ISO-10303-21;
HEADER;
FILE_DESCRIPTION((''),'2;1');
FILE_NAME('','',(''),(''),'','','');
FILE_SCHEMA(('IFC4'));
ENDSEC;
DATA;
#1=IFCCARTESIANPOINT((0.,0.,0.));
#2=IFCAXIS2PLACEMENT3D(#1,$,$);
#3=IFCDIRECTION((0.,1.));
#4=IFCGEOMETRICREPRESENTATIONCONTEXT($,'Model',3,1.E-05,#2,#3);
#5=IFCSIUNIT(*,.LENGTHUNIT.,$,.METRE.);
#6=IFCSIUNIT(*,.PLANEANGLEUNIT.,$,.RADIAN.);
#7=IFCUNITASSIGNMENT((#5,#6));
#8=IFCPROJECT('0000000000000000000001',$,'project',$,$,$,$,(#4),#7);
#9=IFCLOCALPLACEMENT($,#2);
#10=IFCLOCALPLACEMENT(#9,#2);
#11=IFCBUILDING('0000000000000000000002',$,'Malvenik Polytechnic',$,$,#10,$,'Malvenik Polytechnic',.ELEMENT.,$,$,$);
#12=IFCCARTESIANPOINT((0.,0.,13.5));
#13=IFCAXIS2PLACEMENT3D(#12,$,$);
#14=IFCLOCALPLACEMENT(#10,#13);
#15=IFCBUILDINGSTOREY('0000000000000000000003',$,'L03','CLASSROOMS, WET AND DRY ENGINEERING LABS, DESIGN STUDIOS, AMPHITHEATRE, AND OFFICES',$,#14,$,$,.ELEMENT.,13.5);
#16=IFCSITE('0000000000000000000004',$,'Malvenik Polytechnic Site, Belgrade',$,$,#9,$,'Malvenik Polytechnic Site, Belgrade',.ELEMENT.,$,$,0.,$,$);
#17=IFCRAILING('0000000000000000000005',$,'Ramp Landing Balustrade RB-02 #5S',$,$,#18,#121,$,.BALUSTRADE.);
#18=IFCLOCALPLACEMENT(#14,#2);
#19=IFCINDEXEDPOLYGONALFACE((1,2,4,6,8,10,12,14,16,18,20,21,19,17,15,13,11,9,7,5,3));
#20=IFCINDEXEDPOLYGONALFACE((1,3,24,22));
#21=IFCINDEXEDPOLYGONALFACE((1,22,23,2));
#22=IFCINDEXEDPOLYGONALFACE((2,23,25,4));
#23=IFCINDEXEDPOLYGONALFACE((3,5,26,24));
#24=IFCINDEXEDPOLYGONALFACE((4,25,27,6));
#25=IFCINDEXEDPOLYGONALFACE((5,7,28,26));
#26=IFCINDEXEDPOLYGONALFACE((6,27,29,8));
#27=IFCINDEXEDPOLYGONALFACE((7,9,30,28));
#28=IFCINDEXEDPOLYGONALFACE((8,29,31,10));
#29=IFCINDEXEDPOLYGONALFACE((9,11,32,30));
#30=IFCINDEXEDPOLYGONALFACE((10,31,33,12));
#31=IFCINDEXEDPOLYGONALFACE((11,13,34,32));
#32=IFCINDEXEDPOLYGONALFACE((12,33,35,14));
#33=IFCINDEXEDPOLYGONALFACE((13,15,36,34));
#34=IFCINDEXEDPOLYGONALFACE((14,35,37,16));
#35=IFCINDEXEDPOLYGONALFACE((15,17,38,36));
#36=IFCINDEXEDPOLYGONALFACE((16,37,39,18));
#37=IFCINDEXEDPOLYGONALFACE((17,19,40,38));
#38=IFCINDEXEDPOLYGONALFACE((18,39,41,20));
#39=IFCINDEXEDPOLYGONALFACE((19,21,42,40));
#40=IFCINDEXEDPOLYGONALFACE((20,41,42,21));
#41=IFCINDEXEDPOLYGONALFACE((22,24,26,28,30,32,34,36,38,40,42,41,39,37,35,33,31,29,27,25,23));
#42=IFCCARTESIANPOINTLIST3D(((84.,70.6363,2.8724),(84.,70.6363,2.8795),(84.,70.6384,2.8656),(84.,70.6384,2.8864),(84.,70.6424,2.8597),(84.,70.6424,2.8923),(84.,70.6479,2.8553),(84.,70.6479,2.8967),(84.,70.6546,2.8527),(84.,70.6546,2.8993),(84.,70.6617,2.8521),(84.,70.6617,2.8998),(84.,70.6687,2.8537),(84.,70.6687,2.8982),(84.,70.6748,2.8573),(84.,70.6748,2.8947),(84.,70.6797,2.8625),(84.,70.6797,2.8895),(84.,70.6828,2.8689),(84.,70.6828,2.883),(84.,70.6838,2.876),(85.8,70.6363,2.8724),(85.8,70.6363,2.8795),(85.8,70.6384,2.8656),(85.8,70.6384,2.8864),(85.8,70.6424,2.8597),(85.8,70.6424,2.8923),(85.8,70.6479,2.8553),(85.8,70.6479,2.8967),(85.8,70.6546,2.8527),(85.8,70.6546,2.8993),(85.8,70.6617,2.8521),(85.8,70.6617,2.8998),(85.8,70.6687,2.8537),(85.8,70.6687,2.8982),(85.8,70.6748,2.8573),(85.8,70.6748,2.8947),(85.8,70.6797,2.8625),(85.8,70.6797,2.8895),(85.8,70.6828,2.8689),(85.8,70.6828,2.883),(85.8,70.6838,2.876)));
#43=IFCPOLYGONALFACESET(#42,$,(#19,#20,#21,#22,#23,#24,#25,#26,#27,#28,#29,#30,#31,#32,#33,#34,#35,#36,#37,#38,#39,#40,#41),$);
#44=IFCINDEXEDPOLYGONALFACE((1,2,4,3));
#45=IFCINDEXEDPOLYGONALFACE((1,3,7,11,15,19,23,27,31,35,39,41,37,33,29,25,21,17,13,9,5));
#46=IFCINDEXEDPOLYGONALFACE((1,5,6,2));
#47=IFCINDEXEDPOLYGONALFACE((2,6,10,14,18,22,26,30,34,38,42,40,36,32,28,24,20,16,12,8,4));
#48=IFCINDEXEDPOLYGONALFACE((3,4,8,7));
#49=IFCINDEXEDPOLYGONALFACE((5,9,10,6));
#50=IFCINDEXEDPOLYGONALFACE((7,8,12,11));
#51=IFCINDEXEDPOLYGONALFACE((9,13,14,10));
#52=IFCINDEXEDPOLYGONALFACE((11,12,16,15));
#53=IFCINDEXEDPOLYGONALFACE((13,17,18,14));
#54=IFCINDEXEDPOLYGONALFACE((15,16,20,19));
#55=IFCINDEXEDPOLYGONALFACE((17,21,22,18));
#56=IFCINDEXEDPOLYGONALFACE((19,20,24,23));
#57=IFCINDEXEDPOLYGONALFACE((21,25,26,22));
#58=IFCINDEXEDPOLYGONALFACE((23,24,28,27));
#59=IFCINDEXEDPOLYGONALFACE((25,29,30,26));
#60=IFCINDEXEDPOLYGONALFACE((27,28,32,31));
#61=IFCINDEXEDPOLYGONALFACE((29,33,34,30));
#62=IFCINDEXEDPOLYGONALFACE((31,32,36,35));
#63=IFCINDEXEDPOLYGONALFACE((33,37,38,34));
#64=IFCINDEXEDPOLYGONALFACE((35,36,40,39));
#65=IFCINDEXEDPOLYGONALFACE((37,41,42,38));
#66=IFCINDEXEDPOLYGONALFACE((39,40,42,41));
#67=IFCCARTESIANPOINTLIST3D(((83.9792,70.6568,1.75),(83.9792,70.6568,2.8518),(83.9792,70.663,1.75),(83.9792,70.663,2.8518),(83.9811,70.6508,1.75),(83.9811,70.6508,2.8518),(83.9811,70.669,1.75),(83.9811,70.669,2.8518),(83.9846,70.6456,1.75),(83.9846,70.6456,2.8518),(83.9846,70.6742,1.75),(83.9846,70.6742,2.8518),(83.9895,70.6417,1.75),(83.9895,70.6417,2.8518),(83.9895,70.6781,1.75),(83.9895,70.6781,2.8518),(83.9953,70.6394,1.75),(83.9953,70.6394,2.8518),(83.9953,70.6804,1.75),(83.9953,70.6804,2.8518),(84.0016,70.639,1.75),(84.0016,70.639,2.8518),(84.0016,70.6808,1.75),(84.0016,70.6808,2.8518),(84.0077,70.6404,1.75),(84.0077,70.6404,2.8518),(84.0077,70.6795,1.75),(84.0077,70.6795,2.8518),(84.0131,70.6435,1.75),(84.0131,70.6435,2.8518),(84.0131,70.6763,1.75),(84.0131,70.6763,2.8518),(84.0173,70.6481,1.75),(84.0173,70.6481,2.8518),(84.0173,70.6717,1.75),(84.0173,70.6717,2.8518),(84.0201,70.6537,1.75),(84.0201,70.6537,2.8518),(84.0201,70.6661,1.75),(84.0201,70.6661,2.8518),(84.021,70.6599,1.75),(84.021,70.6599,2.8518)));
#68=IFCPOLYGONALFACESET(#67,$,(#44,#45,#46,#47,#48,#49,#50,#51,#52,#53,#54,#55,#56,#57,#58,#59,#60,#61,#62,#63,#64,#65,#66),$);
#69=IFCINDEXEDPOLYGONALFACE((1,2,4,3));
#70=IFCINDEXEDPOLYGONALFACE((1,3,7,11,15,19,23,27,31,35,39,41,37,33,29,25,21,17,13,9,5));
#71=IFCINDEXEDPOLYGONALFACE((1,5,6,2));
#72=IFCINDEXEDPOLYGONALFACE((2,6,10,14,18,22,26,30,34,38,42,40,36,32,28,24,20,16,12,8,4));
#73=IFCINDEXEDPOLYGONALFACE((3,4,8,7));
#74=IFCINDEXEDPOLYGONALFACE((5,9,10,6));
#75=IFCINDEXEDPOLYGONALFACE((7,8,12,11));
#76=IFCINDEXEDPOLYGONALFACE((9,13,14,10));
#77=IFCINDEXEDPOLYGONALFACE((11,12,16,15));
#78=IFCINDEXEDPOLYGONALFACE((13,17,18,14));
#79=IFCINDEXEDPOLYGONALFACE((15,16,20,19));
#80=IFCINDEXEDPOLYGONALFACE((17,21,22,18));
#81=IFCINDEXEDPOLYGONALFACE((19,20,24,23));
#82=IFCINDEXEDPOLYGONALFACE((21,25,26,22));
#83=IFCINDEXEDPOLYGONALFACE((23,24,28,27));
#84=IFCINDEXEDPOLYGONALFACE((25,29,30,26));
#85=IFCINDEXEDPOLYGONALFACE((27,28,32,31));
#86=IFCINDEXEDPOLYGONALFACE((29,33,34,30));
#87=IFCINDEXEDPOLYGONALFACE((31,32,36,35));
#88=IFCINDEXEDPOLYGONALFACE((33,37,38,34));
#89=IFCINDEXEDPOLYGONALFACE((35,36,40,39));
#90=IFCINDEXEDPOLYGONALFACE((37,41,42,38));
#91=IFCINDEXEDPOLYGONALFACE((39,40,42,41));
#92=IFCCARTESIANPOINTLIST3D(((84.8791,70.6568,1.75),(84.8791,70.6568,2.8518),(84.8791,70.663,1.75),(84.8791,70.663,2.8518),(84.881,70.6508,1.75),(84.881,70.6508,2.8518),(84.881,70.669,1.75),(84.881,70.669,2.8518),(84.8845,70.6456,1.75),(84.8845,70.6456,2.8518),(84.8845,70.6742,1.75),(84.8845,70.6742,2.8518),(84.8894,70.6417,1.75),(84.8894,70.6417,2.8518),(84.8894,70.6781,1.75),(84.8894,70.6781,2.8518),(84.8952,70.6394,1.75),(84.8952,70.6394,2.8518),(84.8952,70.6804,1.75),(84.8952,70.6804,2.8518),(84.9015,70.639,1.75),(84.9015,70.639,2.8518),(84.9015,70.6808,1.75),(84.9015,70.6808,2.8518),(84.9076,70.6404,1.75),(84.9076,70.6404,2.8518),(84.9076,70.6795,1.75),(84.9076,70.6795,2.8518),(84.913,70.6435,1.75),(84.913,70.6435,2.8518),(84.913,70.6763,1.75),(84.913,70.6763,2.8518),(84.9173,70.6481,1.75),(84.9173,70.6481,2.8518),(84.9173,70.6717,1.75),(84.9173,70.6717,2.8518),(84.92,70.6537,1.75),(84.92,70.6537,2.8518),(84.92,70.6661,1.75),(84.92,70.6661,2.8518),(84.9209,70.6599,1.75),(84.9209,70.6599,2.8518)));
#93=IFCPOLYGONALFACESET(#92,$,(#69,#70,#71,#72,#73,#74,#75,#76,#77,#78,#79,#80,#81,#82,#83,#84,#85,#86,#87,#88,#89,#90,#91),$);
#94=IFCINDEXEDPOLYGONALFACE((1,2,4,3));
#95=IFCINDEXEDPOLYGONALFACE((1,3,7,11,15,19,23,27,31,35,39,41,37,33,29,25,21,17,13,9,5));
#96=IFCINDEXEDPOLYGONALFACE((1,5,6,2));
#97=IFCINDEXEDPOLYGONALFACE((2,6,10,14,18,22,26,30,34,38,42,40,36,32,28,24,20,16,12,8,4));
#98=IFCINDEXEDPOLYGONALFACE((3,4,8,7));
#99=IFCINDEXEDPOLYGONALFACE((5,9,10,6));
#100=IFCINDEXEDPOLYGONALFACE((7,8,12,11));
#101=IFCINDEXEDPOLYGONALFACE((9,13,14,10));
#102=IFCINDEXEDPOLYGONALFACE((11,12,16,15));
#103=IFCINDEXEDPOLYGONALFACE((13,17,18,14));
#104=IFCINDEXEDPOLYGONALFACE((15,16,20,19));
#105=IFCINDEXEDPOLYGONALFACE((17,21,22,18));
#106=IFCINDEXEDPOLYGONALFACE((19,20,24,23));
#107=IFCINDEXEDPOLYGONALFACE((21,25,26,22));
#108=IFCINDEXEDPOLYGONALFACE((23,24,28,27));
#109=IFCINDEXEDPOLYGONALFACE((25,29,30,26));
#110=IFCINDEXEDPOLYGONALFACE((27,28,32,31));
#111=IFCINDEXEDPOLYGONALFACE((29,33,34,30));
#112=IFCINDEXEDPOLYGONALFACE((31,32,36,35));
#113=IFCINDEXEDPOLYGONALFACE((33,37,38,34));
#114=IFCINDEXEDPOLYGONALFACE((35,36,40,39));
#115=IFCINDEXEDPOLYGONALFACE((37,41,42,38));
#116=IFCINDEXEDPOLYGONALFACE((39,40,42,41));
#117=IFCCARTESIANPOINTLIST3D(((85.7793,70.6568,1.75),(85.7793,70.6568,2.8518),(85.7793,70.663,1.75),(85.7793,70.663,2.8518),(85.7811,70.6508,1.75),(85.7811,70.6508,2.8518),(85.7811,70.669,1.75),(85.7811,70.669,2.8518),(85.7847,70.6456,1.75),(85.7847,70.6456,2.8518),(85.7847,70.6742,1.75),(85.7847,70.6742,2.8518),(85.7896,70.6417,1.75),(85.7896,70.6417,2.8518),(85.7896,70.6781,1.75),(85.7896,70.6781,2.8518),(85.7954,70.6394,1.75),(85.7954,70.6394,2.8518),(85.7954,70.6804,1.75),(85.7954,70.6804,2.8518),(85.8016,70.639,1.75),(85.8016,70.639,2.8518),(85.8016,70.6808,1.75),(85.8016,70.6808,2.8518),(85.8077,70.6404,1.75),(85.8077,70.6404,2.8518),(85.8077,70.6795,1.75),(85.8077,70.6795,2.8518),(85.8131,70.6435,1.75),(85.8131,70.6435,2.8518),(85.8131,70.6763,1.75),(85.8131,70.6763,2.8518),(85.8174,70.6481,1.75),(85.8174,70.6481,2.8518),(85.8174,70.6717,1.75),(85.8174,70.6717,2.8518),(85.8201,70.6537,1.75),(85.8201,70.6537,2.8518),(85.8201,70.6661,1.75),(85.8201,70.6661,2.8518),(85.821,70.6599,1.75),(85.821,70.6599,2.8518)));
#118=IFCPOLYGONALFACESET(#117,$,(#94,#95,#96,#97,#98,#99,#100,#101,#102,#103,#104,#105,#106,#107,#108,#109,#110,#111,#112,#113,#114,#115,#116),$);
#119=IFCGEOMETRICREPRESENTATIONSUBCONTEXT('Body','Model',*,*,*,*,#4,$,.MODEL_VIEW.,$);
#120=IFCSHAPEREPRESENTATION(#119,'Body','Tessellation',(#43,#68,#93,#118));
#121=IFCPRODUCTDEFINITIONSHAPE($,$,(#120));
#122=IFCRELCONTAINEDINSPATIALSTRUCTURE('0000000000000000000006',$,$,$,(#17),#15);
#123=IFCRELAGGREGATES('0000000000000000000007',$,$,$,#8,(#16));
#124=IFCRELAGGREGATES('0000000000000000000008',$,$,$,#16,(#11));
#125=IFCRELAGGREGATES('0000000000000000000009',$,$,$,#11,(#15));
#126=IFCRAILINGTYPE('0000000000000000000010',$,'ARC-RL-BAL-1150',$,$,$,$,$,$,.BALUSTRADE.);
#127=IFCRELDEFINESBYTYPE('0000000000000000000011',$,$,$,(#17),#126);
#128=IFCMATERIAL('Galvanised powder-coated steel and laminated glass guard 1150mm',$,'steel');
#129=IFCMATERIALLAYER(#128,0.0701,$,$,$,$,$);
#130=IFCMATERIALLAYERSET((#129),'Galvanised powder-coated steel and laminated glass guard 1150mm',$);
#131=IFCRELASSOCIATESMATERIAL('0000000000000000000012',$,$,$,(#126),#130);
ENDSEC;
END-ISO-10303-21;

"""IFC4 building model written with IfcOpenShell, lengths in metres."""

from ifc_helpers import new_model, si_unit, direction, frame, origin, origin_2d, place, context, subcontext, project, spatial, circle, extrude, material, layer, layer_set, type_object, element, save


model = new_model("IFC4")

# Units and contexts
model_context = context("Model", 3, precision=1e-05, world=origin(), true_north=direction((0.0, 1.0)))
body_context = subcontext(model_context, "Body", "Model", "MODEL_VIEW")
ifc_project = project(units=[si_unit("LENGTHUNIT", "METRE"), si_unit("PLANEANGLEUNIT", "RADIAN")], contexts=[model_context])

# Site, building, storey
site_placement = place(None, origin())
site = spatial("IfcSite", under=ifc_project, at=site_placement, Name="Malvenik Polytechnic Site, Belgrade", LongName="Malvenik Polytechnic Site, Belgrade", CompositionType="ELEMENT", RefElevation=0.0)
building_placement = place(site_placement, origin())
building = spatial("IfcBuilding", under=site, at=building_placement, Name="Malvenik Polytechnic", LongName="Malvenik Polytechnic", CompositionType="ELEMENT")
storey_placement = place(building_placement, frame((0.0, 0.0, 13.5)))
storey = spatial("IfcBuildingStorey", under=building, at=storey_placement, Name="L03", Description="CLASSROOMS, WET AND DRY ENGINEERING LABS, DESIGN STUDIOS, AMPHITHEATRE, AND OFFICES", CompositionType="ELEMENT", Elevation=13.5)

# Railing
ifc_material_1 = material(Name="Galvanised powder-coated steel and laminated glass guard 1150mm", Category="steel")
ifc_layer_1 = layer(ifc_material_1, 0.0701)
ifc_layer_set_1 = layer_set([ifc_layer_1], Name="Galvanised powder-coated steel and laminated glass guard 1150mm")
railing_type_1 = type_object("IfcRailingType", Name="ARC-RL-BAL-1150", PredefinedType="BALUSTRADE", material=ifc_layer_set_1)
railing_1_placement = place(storey_placement, frame((84.0, 70.6599, 1.75)))
element("IfcRailing", 1, at=railing_1_placement, inside=storey, type_object=railing_type_1, Name="Ramp Landing Balustrade RB-02 #5S", PredefinedType="BALUSTRADE", context=body_context, shape_type="SweptSolid", body=[
    extrude(circle(Radius=0.0239, at=origin_2d()), frame((0.0, 0.0, 1.126), z_axis=(1.0, 0.0, 0.0), x_axis=(0.0, 1.0, 0.0)), (0.0, 0.0, 1.0), 1.8),
    extrude(circle(Radius=0.021, at=origin_2d()), origin(), (0.0, 0.0, 1.0), 1.1018),
    extrude(circle(Radius=0.021, at=origin_2d()), frame((0.8999, 0.0, 0.0)), (0.0, 0.0, 1.0), 1.1018),
    extrude(circle(Radius=0.021, at=origin_2d()), frame((1.8, 0.0, 0.0)), (0.0, 0.0, 1.0), 1.1018),
])

save(model, "model.ifc")
